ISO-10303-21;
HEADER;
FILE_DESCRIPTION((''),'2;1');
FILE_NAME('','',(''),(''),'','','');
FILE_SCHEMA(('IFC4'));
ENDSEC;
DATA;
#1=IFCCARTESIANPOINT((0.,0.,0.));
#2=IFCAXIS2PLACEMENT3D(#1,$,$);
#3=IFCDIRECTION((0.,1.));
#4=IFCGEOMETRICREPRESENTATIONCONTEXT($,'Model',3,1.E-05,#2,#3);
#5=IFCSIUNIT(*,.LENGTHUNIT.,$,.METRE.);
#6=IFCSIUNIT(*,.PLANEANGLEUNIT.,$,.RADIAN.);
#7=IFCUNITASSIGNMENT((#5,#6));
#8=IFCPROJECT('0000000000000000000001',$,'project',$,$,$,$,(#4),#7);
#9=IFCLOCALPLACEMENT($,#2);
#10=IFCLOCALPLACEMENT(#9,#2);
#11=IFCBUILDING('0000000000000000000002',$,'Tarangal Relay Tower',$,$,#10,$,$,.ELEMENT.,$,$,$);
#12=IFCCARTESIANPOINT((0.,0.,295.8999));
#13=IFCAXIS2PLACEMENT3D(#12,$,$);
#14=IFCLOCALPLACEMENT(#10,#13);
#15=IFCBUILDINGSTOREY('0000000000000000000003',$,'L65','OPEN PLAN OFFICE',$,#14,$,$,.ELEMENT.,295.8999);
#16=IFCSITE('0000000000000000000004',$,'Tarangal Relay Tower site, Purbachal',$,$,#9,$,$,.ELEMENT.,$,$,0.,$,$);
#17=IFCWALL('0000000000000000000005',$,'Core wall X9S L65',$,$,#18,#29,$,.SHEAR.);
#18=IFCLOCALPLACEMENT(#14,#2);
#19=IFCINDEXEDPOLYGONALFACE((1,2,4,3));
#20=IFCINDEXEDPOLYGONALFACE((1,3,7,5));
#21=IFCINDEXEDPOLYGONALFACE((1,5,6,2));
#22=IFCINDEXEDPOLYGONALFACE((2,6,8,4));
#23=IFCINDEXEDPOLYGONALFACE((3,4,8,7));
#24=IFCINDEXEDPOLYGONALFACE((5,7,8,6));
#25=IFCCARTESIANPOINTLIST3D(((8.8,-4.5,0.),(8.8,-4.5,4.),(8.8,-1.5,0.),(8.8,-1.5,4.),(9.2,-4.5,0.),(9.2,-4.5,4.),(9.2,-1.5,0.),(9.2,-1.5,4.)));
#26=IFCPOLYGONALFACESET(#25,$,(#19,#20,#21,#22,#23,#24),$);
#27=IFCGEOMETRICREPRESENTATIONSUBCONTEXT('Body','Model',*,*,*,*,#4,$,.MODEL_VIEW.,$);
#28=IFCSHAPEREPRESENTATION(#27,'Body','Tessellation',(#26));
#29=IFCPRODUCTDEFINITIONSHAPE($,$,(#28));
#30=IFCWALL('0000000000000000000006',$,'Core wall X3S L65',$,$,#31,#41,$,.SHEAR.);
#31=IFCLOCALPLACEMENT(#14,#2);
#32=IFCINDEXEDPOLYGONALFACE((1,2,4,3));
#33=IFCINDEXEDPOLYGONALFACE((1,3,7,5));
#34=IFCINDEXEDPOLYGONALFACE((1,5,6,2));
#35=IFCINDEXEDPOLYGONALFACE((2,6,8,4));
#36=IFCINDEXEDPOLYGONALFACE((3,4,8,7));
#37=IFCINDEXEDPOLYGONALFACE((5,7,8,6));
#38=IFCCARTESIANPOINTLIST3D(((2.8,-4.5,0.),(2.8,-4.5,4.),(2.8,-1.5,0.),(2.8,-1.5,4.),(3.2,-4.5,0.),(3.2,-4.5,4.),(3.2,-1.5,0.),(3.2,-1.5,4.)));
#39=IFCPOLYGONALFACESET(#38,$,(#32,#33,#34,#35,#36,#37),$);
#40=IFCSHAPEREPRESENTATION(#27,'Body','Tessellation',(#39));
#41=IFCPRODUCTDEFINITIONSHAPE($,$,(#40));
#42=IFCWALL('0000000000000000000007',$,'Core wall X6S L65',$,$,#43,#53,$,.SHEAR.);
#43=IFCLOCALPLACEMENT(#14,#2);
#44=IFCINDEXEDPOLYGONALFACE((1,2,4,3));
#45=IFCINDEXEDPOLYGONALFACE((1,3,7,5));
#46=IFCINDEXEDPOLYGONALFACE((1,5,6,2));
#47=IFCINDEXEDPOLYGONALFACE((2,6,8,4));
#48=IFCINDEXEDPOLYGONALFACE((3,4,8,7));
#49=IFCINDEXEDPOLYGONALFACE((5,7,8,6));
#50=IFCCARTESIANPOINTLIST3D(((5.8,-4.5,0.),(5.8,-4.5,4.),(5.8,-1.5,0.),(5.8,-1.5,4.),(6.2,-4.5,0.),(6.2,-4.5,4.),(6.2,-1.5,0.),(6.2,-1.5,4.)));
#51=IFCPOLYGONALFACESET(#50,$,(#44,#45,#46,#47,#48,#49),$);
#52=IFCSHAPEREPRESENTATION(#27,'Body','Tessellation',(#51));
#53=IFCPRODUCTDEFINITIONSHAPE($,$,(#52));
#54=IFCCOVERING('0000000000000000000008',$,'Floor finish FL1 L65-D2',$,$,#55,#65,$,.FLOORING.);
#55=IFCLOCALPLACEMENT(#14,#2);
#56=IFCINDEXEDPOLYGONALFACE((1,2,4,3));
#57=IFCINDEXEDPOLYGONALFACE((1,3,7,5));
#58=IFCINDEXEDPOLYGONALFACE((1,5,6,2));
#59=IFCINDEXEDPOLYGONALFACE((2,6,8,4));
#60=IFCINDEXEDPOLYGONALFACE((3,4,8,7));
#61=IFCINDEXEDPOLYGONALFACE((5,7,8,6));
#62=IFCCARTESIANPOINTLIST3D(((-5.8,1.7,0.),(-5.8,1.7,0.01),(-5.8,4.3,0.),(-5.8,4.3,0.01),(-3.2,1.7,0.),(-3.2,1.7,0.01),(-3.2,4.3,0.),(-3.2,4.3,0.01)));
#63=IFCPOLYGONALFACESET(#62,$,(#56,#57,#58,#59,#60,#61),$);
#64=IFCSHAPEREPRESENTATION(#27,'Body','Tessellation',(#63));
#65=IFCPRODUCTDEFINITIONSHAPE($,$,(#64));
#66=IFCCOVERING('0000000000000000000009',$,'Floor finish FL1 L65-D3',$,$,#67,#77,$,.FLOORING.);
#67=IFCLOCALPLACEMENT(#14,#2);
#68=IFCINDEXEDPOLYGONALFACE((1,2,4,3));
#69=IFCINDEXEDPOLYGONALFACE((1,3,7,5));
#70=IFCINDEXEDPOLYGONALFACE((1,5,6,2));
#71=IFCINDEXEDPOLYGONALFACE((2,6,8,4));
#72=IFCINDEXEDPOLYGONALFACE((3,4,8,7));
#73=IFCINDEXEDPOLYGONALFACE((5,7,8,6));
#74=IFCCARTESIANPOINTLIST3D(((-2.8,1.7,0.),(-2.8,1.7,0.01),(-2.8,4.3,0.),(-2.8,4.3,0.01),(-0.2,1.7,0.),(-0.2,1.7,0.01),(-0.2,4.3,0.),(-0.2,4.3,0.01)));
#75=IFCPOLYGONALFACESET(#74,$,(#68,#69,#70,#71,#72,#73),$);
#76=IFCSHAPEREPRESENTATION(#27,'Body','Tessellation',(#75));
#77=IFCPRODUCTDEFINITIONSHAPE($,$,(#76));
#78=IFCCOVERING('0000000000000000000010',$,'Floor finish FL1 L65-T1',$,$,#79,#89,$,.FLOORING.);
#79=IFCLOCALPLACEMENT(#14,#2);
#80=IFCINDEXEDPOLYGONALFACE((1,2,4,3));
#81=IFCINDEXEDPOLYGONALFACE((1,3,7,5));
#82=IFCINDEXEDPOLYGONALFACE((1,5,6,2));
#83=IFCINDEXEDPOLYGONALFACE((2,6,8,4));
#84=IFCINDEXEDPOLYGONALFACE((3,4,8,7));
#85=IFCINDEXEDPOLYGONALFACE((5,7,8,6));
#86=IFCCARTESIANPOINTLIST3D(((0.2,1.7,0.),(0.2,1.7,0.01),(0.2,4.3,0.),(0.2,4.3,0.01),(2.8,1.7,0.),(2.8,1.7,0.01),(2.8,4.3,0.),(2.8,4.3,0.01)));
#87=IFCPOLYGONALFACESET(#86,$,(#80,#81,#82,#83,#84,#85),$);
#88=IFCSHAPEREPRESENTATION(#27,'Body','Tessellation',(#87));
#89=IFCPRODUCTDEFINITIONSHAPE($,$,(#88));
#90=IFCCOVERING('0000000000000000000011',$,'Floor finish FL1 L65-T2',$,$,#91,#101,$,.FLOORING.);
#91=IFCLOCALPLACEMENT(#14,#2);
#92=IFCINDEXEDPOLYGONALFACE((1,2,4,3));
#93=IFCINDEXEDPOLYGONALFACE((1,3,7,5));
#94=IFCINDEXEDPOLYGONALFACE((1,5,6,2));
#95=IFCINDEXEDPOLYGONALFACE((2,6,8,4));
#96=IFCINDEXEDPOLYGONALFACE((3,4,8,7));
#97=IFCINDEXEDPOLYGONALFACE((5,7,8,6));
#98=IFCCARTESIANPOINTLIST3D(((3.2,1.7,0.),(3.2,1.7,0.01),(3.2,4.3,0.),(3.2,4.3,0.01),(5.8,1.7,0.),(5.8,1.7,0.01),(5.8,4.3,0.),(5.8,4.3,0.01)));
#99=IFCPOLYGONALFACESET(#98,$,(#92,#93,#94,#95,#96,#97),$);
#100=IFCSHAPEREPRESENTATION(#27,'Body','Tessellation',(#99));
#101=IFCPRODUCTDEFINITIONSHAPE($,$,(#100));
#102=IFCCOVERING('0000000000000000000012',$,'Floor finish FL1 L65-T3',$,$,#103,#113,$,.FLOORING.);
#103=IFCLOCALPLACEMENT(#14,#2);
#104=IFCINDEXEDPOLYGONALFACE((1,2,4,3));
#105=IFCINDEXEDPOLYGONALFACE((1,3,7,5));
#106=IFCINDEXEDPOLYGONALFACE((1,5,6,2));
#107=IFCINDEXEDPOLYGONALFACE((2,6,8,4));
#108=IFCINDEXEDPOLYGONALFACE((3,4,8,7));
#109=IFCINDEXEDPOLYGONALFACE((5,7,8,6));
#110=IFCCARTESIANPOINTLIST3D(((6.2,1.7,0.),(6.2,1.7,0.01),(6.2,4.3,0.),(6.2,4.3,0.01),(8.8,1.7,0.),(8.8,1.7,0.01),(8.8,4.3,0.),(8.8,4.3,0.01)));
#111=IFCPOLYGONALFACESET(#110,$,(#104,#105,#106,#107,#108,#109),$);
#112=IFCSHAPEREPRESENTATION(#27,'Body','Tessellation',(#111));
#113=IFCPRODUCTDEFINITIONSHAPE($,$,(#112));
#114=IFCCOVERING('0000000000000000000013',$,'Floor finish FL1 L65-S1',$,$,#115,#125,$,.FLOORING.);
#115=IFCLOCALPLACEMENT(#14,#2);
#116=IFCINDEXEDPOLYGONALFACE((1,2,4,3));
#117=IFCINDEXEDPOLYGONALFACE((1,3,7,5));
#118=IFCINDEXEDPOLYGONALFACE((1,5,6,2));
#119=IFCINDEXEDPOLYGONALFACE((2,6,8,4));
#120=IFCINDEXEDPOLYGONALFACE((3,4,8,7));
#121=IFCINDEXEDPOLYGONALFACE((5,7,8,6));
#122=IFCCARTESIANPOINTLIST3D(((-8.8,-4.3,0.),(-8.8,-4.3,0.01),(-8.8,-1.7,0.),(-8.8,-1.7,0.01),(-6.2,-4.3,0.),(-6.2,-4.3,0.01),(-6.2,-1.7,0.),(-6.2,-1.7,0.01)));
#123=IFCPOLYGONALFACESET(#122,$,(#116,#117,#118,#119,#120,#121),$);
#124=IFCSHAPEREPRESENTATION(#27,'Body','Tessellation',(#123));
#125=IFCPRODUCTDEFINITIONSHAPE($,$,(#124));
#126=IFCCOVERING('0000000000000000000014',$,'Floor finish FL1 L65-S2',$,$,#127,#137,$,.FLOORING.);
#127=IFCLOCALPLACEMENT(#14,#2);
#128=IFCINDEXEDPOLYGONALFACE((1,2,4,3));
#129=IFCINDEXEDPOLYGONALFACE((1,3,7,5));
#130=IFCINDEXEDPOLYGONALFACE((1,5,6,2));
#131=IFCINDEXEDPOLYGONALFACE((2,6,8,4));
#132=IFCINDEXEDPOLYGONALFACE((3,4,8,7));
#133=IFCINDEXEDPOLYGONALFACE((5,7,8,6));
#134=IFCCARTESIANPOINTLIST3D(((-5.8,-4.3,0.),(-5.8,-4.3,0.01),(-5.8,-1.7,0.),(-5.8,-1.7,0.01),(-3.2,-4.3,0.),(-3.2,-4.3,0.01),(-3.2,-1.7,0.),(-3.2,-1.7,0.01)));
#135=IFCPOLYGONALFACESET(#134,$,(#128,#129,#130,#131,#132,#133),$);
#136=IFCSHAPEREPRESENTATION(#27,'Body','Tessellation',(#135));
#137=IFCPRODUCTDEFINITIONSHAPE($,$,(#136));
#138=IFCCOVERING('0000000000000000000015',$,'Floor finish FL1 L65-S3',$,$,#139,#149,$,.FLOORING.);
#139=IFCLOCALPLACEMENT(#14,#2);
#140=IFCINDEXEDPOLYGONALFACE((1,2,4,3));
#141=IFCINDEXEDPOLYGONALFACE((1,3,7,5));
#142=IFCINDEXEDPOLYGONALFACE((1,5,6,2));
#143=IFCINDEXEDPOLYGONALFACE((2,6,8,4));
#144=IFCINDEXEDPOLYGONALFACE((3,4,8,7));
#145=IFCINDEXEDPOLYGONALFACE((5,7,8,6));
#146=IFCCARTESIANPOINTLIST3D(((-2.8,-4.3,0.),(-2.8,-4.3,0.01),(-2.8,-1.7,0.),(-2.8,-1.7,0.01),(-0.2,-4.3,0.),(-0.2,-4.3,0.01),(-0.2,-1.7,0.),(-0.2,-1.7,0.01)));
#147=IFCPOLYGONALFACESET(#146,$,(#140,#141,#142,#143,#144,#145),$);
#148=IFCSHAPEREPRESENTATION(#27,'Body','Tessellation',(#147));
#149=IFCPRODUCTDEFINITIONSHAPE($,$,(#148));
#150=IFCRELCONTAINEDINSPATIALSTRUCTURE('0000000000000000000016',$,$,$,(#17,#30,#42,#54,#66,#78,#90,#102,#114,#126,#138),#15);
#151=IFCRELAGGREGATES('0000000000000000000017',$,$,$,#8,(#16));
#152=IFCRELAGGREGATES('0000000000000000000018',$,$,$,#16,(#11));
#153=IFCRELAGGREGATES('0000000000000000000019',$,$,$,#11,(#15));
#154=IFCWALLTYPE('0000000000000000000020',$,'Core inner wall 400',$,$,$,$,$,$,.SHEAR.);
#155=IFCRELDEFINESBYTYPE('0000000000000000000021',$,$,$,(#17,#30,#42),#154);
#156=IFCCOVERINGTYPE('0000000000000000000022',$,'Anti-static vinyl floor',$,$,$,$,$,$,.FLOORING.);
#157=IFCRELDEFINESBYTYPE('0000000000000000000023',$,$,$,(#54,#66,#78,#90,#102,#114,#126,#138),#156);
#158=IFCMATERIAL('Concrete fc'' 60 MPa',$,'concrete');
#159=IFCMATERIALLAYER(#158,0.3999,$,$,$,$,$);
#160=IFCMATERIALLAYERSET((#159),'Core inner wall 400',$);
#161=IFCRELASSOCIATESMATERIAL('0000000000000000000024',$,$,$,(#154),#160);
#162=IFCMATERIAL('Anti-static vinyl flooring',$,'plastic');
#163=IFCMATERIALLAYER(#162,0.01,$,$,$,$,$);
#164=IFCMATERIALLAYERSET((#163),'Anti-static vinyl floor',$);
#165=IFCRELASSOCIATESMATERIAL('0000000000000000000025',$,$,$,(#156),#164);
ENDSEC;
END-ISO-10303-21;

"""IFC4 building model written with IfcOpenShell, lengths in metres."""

from ifc_helpers import new_model, si_unit, direction, frame, frame_2d, origin, place, context, subcontext, project, spatial, polyline, rectangle, outline, extrude, material, layer, layer_set, type_object, element, save


model = new_model("IFC4")

# Units and contexts
model_context = context("Model", 3, precision=1e-05, world=origin(), true_north=direction((0.0, 1.0)))
body_context = subcontext(model_context, "Body", "Model", "MODEL_VIEW")
ifc_project = project(units=[si_unit("LENGTHUNIT", "METRE"), si_unit("PLANEANGLEUNIT", "RADIAN")], contexts=[model_context])

# Site, building, storey
site_placement = place(None, origin())
site = spatial("IfcSite", under=ifc_project, at=site_placement, Name="Tarangal Relay Tower site, Purbachal", CompositionType="ELEMENT", RefElevation=0.0)
building_placement = place(site_placement, origin())
building = spatial("IfcBuilding", under=site, at=building_placement, Name="Tarangal Relay Tower", CompositionType="ELEMENT")
storey_placement = place(building_placement, frame((0.0, 0.0, 295.8999)))
storey = spatial("IfcBuildingStorey", under=building, at=storey_placement, Name="L65", Description="OPEN PLAN OFFICE", CompositionType="ELEMENT", Elevation=295.8999)

# Walls
ifc_material_1 = material(Name="Concrete fc' 60 MPa", Category="concrete")
ifc_layer_1 = layer(ifc_material_1, 0.3999)
ifc_layer_set_1 = layer_set([ifc_layer_1], Name="Core inner wall 400")
wall_type = type_object("IfcWallType", Name="Core inner wall 400", PredefinedType="SHEAR", material=ifc_layer_set_1)
for number, where, z_axis, x_axis, name in (
    (1, (9.0, -4.5, 0.0), (0.0, 0.0, 1.0), (0.0, 1.0, 0.0), "Core wall X9S L65"),
    (2, (3.0, -4.5, 0.0), (0.0, 0.0, 1.0), (0.0, 1.0, 0.0), "Core wall X3S L65"),
    (3, (6.0, -4.5, 0.0), (0.0, 0.0, 1.0), (0.0, 1.0, 0.0), "Core wall X6S L65"),
):
    element("IfcWall", number, at=place(storey_placement, frame(where, z_axis=z_axis, x_axis=x_axis)), inside=storey, type_object=wall_type, Name=name, PredefinedType="SHEAR", context=body_context, shape_type="SweptSolid", body=[
        extrude(rectangle(XDim=3.0, YDim=0.3999, at=frame_2d((1.5, 0.0))), origin(), (0.0, 0.0, 1.0), 4.0),
    ])

# Coverings
ifc_material_2 = material(Name="Anti-static vinyl flooring", Category="plastic")
ifc_layer_2 = layer(ifc_material_2, 0.01)
ifc_layer_set_2 = layer_set([ifc_layer_2], Name="Anti-static vinyl floor")
covering_type_1 = type_object("IfcCoveringType", Name="Anti-static vinyl floor", PredefinedType="FLOORING", material=ifc_layer_set_2)
covering_1_placement = place(storey_placement, origin())
element("IfcCovering", 4, at=covering_1_placement, inside=storey, type_object=covering_type_1, Name="Floor finish FL1 L65-D2", PredefinedType="FLOORING", context=body_context, shape_type="SweptSolid", body=[
    extrude(outline(polyline([(-5.8, 1.7), (-3.2, 1.7), (-3.2, 4.3), (-5.8, 4.3), (-5.8, 1.7)])), origin(), (0.0, 0.0, 1.0), 0.01),
])
covering_2_placement = place(storey_placement, origin())
element("IfcCovering", 5, at=covering_2_placement, inside=storey, type_object=covering_type_1, Name="Floor finish FL1 L65-D3", PredefinedType="FLOORING", context=body_context, shape_type="SweptSolid", body=[
    extrude(outline(polyline([(-2.8, 1.7), (-0.2, 1.7), (-0.2, 4.3), (-2.8, 4.3), (-2.8, 1.7)])), origin(), (0.0, 0.0, 1.0), 0.01),
])
covering_3_placement = place(storey_placement, origin())
element("IfcCovering", 6, at=covering_3_placement, inside=storey, type_object=covering_type_1, Name="Floor finish FL1 L65-T1", PredefinedType="FLOORING", context=body_context, shape_type="SweptSolid", body=[
    extrude(outline(polyline([(0.2, 1.7), (2.8, 1.7), (2.8, 4.3), (0.2, 4.3), (0.2, 1.7)])), origin(), (0.0, 0.0, 1.0), 0.01),
])
covering_4_placement = place(storey_placement, origin())
element("IfcCovering", 7, at=covering_4_placement, inside=storey, type_object=covering_type_1, Name="Floor finish FL1 L65-T2", PredefinedType="FLOORING", context=body_context, shape_type="SweptSolid", body=[
    extrude(outline(polyline([(3.2, 1.7), (5.8, 1.7), (5.8, 4.3), (3.2, 4.3), (3.2, 1.7)])), origin(), (0.0, 0.0, 1.0), 0.01),
])
covering_5_placement = place(storey_placement, origin())
element("IfcCovering", 8, at=covering_5_placement, inside=storey, type_object=covering_type_1, Name="Floor finish FL1 L65-T3", PredefinedType="FLOORING", context=body_context, shape_type="SweptSolid", body=[
    extrude(outline(polyline([(6.2, 1.7), (8.8, 1.7), (8.8, 4.3), (6.2, 4.3), (6.2, 1.7)])), origin(), (0.0, 0.0, 1.0), 0.01),
])
covering_6_placement = place(storey_placement, origin())
element("IfcCovering", 9, at=covering_6_placement, inside=storey, type_object=covering_type_1, Name="Floor finish FL1 L65-S1", PredefinedType="FLOORING", context=body_context, shape_type="SweptSolid", body=[
    extrude(outline(polyline([(-8.8, -4.3), (-6.2, -4.3), (-6.2, -1.7), (-8.8, -1.7), (-8.8, -4.3)])), origin(), (0.0, 0.0, 1.0), 0.01),
])
covering_7_placement = place(storey_placement, origin())
element("IfcCovering", 10, at=covering_7_placement, inside=storey, type_object=covering_type_1, Name="Floor finish FL1 L65-S2", PredefinedType="FLOORING", context=body_context, shape_type="SweptSolid", body=[
    extrude(outline(polyline([(-5.8, -4.3), (-3.2, -4.3), (-3.2, -1.7), (-5.8, -1.7), (-5.8, -4.3)])), origin(), (0.0, 0.0, 1.0), 0.01),
])
covering_8_placement = place(storey_placement, origin())
element("IfcCovering", 11, at=covering_8_placement, inside=storey, type_object=covering_type_1, Name="Floor finish FL1 L65-S3", PredefinedType="FLOORING", context=body_context, shape_type="SweptSolid", body=[
    extrude(outline(polyline([(-2.8, -4.3), (-0.2, -4.3), (-0.2, -1.7), (-2.8, -1.7), (-2.8, -4.3)])), origin(), (0.0, 0.0, 1.0), 0.01),
])

save(model, "model.ifc")
